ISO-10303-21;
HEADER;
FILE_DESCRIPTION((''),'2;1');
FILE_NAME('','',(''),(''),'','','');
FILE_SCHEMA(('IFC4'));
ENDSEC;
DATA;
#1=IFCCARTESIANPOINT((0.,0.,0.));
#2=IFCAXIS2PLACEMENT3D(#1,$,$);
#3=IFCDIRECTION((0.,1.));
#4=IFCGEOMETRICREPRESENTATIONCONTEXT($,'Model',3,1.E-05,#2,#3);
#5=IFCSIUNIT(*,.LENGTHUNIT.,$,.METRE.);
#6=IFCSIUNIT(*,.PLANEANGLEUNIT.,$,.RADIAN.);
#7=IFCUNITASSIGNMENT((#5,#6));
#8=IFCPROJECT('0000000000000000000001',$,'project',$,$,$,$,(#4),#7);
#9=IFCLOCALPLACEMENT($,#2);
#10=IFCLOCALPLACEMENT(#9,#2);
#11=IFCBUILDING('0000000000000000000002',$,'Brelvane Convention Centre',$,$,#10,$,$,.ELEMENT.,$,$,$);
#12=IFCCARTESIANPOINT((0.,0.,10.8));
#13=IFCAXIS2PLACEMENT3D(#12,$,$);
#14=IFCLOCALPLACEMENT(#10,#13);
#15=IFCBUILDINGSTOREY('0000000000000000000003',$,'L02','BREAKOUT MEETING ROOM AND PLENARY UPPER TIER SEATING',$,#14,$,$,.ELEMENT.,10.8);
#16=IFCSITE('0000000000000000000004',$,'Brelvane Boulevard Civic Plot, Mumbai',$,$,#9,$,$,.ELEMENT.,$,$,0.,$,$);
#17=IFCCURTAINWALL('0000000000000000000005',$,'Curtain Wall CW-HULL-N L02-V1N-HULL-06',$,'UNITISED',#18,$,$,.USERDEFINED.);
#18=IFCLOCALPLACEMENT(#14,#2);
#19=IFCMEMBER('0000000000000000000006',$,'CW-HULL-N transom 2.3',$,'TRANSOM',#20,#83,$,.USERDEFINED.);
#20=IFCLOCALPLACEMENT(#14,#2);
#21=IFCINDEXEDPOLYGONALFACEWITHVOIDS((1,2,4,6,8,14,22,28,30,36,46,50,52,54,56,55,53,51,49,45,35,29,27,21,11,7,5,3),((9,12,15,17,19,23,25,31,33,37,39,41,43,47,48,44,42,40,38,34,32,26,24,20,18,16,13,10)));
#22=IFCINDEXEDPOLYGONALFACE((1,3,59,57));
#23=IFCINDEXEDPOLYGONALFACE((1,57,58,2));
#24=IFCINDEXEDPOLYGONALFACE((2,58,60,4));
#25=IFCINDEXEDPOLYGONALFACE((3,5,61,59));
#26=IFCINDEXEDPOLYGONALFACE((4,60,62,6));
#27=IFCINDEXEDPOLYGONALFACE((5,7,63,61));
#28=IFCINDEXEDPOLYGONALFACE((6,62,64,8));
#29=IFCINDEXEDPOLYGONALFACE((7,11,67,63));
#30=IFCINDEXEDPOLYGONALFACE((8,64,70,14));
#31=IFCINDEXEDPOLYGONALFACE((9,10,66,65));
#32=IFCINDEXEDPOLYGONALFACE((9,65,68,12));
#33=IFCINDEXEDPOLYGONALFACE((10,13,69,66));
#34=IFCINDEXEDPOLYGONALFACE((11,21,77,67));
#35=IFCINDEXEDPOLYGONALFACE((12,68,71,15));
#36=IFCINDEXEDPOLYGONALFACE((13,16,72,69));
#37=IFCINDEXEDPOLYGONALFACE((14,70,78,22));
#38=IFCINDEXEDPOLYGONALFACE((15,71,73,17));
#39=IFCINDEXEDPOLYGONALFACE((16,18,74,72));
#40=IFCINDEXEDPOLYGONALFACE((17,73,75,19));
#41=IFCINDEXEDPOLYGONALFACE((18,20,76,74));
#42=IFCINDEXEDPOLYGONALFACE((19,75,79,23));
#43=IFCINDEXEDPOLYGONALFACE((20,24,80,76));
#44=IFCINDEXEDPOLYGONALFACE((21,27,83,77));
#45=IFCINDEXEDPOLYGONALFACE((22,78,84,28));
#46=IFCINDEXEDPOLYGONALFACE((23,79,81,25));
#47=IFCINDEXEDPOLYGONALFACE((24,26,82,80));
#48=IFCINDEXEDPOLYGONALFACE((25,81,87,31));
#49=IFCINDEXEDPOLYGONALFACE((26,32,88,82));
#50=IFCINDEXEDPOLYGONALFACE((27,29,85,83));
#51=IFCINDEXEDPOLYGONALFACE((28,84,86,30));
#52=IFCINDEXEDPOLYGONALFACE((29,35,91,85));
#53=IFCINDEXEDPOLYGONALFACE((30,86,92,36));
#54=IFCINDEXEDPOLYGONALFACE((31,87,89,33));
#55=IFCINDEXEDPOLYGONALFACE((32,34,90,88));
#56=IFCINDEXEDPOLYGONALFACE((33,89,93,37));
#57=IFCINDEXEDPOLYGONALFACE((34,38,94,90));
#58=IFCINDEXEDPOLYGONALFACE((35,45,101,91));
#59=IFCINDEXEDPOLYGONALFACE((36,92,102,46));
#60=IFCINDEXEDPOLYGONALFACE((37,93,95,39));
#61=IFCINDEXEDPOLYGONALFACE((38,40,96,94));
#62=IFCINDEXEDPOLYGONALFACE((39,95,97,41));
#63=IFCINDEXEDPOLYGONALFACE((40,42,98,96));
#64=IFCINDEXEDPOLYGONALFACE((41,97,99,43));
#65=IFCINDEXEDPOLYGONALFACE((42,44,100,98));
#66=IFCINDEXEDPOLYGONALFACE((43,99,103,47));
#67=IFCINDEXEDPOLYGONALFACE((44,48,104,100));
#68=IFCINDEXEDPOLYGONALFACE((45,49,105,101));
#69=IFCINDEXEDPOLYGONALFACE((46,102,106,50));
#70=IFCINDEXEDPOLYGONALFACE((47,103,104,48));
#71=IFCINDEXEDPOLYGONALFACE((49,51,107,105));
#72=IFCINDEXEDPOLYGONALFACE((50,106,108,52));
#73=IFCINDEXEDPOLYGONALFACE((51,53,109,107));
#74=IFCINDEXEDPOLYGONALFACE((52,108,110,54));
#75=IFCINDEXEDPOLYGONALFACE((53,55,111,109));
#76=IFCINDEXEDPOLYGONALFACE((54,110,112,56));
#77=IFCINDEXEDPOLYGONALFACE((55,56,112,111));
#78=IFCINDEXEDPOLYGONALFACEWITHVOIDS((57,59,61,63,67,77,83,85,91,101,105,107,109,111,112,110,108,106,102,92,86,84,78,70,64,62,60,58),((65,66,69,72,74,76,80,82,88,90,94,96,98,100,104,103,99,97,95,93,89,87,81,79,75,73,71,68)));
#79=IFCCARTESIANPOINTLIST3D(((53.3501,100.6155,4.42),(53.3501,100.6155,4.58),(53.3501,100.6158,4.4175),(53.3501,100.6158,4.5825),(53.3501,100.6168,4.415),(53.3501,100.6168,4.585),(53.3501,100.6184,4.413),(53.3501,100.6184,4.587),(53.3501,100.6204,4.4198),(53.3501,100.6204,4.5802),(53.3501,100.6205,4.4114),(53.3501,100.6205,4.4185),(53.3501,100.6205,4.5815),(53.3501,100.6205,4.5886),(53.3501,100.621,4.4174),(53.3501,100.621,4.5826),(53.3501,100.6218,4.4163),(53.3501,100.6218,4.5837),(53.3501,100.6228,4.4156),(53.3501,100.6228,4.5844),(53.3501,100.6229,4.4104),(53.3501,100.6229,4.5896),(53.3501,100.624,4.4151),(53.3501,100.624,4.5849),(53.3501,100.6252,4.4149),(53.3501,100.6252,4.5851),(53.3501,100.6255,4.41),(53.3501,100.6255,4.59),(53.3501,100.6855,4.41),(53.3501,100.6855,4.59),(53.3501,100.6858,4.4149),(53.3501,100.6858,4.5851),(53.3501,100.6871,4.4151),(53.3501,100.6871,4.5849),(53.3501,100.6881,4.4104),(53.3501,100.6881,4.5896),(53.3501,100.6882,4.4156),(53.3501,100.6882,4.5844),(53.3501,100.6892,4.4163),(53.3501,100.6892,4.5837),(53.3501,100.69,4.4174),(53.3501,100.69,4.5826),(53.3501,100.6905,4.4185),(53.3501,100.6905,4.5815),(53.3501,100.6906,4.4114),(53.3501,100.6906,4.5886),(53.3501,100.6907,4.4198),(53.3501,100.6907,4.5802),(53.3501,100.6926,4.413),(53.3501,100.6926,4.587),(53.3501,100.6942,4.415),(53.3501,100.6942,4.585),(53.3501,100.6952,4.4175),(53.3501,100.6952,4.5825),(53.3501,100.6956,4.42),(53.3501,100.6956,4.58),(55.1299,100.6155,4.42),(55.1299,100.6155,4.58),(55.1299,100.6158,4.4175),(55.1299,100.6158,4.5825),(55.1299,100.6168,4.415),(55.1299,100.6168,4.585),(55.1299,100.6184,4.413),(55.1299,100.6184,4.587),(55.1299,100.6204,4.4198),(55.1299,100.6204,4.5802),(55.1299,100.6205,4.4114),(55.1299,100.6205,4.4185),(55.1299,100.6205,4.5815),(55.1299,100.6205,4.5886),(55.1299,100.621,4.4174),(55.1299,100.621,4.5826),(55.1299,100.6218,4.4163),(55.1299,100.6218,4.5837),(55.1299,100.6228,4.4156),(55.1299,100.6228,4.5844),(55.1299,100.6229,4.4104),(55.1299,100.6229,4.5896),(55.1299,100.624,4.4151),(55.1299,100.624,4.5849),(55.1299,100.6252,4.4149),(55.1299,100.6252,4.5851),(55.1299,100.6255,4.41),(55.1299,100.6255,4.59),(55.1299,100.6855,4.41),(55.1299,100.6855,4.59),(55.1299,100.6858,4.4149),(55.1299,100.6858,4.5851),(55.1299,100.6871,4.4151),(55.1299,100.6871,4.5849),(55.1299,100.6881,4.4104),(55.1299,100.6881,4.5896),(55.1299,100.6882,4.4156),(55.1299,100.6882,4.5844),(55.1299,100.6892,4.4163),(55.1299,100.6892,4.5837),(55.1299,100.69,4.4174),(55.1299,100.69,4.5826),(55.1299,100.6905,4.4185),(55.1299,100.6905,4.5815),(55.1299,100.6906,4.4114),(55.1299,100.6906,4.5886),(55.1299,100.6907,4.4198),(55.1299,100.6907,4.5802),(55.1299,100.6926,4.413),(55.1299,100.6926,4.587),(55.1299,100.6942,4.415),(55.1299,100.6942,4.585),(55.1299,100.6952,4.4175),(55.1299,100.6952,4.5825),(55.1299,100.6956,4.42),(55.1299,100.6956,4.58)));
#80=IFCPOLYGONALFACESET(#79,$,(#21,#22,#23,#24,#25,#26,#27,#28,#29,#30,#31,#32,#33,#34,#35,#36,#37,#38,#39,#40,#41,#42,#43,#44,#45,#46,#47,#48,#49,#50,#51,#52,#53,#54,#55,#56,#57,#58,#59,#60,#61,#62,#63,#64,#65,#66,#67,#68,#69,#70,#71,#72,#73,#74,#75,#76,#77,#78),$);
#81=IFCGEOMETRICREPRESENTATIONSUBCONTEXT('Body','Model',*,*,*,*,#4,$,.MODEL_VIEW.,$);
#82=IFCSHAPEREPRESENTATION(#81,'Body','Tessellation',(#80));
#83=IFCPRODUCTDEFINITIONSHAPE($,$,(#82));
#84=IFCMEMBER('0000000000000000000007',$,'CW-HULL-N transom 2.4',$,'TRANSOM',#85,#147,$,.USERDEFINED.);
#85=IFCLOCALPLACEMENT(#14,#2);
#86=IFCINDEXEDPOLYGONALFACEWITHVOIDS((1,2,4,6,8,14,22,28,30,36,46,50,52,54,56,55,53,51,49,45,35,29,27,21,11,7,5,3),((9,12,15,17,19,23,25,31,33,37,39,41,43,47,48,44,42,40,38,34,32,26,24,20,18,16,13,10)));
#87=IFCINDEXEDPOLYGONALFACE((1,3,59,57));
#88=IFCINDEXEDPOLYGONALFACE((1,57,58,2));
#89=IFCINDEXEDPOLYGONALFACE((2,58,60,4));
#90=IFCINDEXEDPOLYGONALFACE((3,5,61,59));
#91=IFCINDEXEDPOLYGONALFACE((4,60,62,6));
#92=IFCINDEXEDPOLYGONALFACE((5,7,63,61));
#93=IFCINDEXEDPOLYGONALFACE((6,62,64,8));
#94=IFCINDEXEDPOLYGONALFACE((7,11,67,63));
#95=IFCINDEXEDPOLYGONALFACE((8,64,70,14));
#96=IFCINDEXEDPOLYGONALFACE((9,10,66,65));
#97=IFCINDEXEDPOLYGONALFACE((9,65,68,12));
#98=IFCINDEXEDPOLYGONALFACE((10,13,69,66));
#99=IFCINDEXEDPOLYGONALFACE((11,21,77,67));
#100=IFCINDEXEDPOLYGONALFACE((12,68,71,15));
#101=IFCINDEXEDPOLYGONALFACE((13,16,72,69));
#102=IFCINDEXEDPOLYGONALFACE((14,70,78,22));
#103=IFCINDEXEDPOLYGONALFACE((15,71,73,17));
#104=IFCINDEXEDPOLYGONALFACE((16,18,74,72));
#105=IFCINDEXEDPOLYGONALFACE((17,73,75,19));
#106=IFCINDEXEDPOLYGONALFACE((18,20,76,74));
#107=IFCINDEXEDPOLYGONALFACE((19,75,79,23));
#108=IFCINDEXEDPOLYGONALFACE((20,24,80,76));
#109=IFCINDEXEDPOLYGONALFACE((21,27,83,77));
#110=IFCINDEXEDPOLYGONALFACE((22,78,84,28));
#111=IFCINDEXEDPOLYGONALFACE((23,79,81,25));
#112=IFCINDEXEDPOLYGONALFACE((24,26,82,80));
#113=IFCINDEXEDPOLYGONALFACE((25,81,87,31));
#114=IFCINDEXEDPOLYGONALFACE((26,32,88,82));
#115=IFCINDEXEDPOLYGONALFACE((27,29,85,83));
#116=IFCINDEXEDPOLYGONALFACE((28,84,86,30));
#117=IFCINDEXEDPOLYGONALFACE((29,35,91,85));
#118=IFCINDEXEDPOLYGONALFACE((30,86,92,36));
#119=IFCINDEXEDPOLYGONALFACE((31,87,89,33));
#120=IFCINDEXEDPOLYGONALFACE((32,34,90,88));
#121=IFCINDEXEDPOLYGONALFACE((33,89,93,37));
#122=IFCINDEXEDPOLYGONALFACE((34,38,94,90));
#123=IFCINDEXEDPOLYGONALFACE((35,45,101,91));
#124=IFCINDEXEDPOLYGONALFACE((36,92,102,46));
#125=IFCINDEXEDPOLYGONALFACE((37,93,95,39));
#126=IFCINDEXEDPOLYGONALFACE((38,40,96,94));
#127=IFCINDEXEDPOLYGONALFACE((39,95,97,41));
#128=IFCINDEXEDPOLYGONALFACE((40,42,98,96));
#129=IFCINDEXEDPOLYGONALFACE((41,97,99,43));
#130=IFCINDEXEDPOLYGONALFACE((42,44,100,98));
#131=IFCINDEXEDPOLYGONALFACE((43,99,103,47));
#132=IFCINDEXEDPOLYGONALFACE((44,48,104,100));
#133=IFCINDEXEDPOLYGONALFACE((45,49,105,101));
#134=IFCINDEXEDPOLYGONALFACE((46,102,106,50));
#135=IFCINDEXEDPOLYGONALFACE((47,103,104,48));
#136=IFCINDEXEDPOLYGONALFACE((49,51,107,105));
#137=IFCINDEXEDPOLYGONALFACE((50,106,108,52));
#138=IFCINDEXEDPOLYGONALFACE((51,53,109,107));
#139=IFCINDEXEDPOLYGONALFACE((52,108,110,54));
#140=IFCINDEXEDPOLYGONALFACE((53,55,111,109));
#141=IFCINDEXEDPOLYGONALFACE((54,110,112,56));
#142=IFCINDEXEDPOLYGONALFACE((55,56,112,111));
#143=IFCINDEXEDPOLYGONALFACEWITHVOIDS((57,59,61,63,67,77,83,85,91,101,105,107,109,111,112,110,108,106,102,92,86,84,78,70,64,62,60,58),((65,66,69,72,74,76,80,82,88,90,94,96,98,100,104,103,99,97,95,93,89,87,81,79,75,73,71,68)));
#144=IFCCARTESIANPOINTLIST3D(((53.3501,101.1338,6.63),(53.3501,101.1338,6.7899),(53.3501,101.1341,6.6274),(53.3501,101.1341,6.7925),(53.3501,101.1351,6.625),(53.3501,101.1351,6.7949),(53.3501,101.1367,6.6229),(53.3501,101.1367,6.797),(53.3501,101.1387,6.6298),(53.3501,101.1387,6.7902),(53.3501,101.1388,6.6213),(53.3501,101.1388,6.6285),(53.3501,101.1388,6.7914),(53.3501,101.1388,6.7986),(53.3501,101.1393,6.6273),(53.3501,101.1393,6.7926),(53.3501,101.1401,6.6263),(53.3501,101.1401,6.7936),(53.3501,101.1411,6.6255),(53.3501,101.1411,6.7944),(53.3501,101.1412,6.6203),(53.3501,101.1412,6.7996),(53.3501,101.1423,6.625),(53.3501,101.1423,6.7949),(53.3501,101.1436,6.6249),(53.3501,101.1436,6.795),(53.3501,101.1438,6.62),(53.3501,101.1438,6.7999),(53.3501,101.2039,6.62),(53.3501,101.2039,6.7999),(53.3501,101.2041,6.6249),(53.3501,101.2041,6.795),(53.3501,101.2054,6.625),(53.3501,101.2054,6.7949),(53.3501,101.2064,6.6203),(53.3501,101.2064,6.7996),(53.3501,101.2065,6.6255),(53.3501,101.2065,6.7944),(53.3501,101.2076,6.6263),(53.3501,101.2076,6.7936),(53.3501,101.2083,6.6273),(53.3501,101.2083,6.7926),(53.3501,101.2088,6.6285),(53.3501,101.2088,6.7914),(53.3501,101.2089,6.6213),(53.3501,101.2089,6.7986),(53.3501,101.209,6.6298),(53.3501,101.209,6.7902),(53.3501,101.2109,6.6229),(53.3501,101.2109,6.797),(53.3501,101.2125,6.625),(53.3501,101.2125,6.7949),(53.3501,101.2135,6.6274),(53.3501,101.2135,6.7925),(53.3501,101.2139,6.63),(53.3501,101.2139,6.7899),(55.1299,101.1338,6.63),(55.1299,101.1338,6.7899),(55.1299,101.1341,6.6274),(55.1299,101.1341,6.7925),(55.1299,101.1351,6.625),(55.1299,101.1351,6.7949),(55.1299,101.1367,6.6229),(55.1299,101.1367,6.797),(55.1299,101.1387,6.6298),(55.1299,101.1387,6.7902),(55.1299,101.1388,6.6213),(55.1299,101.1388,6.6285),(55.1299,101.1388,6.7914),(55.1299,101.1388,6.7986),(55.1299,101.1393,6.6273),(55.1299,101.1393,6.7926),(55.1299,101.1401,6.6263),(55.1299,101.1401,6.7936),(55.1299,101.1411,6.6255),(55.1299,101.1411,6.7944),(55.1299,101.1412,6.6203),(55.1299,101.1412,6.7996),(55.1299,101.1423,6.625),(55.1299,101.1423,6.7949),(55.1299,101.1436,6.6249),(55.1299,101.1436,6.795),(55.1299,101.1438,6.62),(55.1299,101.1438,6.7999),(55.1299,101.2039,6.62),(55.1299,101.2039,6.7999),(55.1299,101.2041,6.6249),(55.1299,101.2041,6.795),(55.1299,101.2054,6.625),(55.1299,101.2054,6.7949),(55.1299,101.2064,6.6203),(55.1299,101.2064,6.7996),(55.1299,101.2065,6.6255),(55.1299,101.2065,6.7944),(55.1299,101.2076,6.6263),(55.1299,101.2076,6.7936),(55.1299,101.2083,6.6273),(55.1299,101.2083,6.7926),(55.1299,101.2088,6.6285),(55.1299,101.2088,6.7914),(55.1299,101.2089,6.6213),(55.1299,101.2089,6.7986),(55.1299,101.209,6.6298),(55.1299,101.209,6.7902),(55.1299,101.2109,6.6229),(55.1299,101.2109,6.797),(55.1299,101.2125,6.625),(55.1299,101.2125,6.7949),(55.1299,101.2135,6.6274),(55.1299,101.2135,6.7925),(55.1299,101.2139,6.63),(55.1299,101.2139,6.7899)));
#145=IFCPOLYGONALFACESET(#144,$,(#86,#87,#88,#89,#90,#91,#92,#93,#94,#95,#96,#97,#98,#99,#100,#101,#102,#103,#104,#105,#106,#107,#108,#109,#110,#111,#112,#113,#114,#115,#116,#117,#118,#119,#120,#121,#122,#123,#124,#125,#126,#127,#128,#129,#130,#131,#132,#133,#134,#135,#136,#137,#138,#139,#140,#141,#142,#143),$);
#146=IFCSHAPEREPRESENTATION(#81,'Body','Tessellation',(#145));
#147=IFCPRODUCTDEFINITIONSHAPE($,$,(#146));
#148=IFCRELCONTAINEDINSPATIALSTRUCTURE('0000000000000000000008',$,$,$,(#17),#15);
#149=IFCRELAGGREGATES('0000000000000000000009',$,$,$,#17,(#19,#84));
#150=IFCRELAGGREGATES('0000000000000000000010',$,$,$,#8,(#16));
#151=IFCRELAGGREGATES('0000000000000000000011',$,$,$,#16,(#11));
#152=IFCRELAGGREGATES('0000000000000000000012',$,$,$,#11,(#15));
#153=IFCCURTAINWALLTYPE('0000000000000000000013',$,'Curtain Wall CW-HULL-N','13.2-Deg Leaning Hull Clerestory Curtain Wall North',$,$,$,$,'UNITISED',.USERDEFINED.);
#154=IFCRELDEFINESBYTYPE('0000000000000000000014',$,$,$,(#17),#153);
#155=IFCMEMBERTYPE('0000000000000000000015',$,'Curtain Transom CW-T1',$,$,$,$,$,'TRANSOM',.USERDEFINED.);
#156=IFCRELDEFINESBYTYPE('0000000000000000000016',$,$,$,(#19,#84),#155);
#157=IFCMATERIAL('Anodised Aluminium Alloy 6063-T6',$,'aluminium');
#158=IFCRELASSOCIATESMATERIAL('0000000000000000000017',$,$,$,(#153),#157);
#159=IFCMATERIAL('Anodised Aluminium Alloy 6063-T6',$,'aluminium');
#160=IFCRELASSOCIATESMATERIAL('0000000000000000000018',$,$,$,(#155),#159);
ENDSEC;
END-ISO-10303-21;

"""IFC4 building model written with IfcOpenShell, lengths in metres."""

from ifc_helpers import new_model, si_unit, direction, frame, origin, origin_2d, place, context, subcontext, project, spatial, hollow_rectangle, extrude, material, material_profile, profile_set, type_object, element, aggregate, save


model = new_model("IFC4")

# Units and contexts
model_context = context("Model", 3, precision=1e-05, world=origin(), true_north=direction((0.0, 1.0)))
body_context = subcontext(model_context, "Body", "Model", "MODEL_VIEW")
ifc_project = project(units=[si_unit("LENGTHUNIT", "METRE"), si_unit("PLANEANGLEUNIT", "RADIAN")], contexts=[model_context])

# Site, building, storey
site_placement = place(None, origin())
site = spatial("IfcSite", under=ifc_project, at=site_placement, Name="Brelvane Boulevard Civic Plot, Mumbai", CompositionType="ELEMENT", RefElevation=0.0)
building_placement = place(site_placement, origin())
building = spatial("IfcBuilding", under=site, at=building_placement, Name="Brelvane Convention Centre", CompositionType="ELEMENT")
storey_placement = place(building_placement, frame((0.0, 0.0, 10.8)))
storey = spatial("IfcBuildingStorey", under=building, at=storey_placement, Name="L02", Description="BREAKOUT MEETING ROOM AND PLENARY UPPER TIER SEATING", CompositionType="ELEMENT", Elevation=10.8)

# Curtain wall, members
ifc_material_1 = material(Name="Anodised Aluminium Alloy 6063-T6", Category="aluminium")
curtain_wall_type = type_object("IfcCurtainWallType", Name="Curtain Wall CW-HULL-N", Description="13.2-Deg Leaning Hull Clerestory Curtain Wall North", ElementType="UNITISED", PredefinedType="USERDEFINED", material=ifc_material_1)
curtain_wall_placement = place(storey_placement, origin())
curtain_wall = element("IfcCurtainWall", 1, at=curtain_wall_placement, inside=storey, type_object=curtain_wall_type, Name="Curtain Wall CW-HULL-N L02-V1N-HULL-06", ObjectType="UNITISED", PredefinedType="USERDEFINED")
ifc_material_2 = material(Name="Anodised Aluminium Alloy 6063-T6", Category="aluminium")
ifc_material_profile_1 = material_profile(ifc_material_2, hollow_rectangle(XDim=0.0801, YDim=0.1799, WallThickness=0.0049, InnerFilletRadius=0.0049, OuterFilletRadius=0.01, at=origin_2d()), Name="ALU-T 180x80x5.0")
ifc_profile_set_1 = profile_set([ifc_material_profile_1], Name="Anodised Aluminium Alloy 6063-T6")
member_type_1 = type_object("IfcMemberType", Name="Curtain Transom CW-T1", ElementType="TRANSOM", PredefinedType="USERDEFINED", material=ifc_profile_set_1)
member_1_placement = place(storey_placement, frame((53.3501, 100.6555, 4.5), z_axis=(1.0, 0.0, 0.0), x_axis=(0.0, 1.0, 0.0)))
member_1 = element("IfcMember", 2, at=member_1_placement, type_object=member_type_1, Name="CW-HULL-N transom 2.3", ObjectType="TRANSOM", PredefinedType="USERDEFINED", context=body_context, shape_type="SweptSolid", body=[
    extrude(hollow_rectangle(XDim=0.0801, YDim=0.1799, WallThickness=0.0049, InnerFilletRadius=0.0049, OuterFilletRadius=0.01, at=origin_2d()), origin(), (0.0, 0.0, 1.0), 1.7798),
])
member_2_placement = place(storey_placement, frame((53.3501, 101.1738, 6.71), z_axis=(1.0, 0.0, 0.0), x_axis=(0.0, 1.0, 0.0)))
member_2 = element("IfcMember", 3, at=member_2_placement, type_object=member_type_1, Name="CW-HULL-N transom 2.4", ObjectType="TRANSOM", PredefinedType="USERDEFINED", context=body_context, shape_type="SweptSolid", body=[
    extrude(hollow_rectangle(XDim=0.0801, YDim=0.1799, WallThickness=0.0049, InnerFilletRadius=0.0049, OuterFilletRadius=0.01, at=origin_2d()), origin(), (0.0, 0.0, 1.0), 1.7798),
])

aggregate(curtain_wall, [member_1, member_2])

save(model, "model.ifc")
